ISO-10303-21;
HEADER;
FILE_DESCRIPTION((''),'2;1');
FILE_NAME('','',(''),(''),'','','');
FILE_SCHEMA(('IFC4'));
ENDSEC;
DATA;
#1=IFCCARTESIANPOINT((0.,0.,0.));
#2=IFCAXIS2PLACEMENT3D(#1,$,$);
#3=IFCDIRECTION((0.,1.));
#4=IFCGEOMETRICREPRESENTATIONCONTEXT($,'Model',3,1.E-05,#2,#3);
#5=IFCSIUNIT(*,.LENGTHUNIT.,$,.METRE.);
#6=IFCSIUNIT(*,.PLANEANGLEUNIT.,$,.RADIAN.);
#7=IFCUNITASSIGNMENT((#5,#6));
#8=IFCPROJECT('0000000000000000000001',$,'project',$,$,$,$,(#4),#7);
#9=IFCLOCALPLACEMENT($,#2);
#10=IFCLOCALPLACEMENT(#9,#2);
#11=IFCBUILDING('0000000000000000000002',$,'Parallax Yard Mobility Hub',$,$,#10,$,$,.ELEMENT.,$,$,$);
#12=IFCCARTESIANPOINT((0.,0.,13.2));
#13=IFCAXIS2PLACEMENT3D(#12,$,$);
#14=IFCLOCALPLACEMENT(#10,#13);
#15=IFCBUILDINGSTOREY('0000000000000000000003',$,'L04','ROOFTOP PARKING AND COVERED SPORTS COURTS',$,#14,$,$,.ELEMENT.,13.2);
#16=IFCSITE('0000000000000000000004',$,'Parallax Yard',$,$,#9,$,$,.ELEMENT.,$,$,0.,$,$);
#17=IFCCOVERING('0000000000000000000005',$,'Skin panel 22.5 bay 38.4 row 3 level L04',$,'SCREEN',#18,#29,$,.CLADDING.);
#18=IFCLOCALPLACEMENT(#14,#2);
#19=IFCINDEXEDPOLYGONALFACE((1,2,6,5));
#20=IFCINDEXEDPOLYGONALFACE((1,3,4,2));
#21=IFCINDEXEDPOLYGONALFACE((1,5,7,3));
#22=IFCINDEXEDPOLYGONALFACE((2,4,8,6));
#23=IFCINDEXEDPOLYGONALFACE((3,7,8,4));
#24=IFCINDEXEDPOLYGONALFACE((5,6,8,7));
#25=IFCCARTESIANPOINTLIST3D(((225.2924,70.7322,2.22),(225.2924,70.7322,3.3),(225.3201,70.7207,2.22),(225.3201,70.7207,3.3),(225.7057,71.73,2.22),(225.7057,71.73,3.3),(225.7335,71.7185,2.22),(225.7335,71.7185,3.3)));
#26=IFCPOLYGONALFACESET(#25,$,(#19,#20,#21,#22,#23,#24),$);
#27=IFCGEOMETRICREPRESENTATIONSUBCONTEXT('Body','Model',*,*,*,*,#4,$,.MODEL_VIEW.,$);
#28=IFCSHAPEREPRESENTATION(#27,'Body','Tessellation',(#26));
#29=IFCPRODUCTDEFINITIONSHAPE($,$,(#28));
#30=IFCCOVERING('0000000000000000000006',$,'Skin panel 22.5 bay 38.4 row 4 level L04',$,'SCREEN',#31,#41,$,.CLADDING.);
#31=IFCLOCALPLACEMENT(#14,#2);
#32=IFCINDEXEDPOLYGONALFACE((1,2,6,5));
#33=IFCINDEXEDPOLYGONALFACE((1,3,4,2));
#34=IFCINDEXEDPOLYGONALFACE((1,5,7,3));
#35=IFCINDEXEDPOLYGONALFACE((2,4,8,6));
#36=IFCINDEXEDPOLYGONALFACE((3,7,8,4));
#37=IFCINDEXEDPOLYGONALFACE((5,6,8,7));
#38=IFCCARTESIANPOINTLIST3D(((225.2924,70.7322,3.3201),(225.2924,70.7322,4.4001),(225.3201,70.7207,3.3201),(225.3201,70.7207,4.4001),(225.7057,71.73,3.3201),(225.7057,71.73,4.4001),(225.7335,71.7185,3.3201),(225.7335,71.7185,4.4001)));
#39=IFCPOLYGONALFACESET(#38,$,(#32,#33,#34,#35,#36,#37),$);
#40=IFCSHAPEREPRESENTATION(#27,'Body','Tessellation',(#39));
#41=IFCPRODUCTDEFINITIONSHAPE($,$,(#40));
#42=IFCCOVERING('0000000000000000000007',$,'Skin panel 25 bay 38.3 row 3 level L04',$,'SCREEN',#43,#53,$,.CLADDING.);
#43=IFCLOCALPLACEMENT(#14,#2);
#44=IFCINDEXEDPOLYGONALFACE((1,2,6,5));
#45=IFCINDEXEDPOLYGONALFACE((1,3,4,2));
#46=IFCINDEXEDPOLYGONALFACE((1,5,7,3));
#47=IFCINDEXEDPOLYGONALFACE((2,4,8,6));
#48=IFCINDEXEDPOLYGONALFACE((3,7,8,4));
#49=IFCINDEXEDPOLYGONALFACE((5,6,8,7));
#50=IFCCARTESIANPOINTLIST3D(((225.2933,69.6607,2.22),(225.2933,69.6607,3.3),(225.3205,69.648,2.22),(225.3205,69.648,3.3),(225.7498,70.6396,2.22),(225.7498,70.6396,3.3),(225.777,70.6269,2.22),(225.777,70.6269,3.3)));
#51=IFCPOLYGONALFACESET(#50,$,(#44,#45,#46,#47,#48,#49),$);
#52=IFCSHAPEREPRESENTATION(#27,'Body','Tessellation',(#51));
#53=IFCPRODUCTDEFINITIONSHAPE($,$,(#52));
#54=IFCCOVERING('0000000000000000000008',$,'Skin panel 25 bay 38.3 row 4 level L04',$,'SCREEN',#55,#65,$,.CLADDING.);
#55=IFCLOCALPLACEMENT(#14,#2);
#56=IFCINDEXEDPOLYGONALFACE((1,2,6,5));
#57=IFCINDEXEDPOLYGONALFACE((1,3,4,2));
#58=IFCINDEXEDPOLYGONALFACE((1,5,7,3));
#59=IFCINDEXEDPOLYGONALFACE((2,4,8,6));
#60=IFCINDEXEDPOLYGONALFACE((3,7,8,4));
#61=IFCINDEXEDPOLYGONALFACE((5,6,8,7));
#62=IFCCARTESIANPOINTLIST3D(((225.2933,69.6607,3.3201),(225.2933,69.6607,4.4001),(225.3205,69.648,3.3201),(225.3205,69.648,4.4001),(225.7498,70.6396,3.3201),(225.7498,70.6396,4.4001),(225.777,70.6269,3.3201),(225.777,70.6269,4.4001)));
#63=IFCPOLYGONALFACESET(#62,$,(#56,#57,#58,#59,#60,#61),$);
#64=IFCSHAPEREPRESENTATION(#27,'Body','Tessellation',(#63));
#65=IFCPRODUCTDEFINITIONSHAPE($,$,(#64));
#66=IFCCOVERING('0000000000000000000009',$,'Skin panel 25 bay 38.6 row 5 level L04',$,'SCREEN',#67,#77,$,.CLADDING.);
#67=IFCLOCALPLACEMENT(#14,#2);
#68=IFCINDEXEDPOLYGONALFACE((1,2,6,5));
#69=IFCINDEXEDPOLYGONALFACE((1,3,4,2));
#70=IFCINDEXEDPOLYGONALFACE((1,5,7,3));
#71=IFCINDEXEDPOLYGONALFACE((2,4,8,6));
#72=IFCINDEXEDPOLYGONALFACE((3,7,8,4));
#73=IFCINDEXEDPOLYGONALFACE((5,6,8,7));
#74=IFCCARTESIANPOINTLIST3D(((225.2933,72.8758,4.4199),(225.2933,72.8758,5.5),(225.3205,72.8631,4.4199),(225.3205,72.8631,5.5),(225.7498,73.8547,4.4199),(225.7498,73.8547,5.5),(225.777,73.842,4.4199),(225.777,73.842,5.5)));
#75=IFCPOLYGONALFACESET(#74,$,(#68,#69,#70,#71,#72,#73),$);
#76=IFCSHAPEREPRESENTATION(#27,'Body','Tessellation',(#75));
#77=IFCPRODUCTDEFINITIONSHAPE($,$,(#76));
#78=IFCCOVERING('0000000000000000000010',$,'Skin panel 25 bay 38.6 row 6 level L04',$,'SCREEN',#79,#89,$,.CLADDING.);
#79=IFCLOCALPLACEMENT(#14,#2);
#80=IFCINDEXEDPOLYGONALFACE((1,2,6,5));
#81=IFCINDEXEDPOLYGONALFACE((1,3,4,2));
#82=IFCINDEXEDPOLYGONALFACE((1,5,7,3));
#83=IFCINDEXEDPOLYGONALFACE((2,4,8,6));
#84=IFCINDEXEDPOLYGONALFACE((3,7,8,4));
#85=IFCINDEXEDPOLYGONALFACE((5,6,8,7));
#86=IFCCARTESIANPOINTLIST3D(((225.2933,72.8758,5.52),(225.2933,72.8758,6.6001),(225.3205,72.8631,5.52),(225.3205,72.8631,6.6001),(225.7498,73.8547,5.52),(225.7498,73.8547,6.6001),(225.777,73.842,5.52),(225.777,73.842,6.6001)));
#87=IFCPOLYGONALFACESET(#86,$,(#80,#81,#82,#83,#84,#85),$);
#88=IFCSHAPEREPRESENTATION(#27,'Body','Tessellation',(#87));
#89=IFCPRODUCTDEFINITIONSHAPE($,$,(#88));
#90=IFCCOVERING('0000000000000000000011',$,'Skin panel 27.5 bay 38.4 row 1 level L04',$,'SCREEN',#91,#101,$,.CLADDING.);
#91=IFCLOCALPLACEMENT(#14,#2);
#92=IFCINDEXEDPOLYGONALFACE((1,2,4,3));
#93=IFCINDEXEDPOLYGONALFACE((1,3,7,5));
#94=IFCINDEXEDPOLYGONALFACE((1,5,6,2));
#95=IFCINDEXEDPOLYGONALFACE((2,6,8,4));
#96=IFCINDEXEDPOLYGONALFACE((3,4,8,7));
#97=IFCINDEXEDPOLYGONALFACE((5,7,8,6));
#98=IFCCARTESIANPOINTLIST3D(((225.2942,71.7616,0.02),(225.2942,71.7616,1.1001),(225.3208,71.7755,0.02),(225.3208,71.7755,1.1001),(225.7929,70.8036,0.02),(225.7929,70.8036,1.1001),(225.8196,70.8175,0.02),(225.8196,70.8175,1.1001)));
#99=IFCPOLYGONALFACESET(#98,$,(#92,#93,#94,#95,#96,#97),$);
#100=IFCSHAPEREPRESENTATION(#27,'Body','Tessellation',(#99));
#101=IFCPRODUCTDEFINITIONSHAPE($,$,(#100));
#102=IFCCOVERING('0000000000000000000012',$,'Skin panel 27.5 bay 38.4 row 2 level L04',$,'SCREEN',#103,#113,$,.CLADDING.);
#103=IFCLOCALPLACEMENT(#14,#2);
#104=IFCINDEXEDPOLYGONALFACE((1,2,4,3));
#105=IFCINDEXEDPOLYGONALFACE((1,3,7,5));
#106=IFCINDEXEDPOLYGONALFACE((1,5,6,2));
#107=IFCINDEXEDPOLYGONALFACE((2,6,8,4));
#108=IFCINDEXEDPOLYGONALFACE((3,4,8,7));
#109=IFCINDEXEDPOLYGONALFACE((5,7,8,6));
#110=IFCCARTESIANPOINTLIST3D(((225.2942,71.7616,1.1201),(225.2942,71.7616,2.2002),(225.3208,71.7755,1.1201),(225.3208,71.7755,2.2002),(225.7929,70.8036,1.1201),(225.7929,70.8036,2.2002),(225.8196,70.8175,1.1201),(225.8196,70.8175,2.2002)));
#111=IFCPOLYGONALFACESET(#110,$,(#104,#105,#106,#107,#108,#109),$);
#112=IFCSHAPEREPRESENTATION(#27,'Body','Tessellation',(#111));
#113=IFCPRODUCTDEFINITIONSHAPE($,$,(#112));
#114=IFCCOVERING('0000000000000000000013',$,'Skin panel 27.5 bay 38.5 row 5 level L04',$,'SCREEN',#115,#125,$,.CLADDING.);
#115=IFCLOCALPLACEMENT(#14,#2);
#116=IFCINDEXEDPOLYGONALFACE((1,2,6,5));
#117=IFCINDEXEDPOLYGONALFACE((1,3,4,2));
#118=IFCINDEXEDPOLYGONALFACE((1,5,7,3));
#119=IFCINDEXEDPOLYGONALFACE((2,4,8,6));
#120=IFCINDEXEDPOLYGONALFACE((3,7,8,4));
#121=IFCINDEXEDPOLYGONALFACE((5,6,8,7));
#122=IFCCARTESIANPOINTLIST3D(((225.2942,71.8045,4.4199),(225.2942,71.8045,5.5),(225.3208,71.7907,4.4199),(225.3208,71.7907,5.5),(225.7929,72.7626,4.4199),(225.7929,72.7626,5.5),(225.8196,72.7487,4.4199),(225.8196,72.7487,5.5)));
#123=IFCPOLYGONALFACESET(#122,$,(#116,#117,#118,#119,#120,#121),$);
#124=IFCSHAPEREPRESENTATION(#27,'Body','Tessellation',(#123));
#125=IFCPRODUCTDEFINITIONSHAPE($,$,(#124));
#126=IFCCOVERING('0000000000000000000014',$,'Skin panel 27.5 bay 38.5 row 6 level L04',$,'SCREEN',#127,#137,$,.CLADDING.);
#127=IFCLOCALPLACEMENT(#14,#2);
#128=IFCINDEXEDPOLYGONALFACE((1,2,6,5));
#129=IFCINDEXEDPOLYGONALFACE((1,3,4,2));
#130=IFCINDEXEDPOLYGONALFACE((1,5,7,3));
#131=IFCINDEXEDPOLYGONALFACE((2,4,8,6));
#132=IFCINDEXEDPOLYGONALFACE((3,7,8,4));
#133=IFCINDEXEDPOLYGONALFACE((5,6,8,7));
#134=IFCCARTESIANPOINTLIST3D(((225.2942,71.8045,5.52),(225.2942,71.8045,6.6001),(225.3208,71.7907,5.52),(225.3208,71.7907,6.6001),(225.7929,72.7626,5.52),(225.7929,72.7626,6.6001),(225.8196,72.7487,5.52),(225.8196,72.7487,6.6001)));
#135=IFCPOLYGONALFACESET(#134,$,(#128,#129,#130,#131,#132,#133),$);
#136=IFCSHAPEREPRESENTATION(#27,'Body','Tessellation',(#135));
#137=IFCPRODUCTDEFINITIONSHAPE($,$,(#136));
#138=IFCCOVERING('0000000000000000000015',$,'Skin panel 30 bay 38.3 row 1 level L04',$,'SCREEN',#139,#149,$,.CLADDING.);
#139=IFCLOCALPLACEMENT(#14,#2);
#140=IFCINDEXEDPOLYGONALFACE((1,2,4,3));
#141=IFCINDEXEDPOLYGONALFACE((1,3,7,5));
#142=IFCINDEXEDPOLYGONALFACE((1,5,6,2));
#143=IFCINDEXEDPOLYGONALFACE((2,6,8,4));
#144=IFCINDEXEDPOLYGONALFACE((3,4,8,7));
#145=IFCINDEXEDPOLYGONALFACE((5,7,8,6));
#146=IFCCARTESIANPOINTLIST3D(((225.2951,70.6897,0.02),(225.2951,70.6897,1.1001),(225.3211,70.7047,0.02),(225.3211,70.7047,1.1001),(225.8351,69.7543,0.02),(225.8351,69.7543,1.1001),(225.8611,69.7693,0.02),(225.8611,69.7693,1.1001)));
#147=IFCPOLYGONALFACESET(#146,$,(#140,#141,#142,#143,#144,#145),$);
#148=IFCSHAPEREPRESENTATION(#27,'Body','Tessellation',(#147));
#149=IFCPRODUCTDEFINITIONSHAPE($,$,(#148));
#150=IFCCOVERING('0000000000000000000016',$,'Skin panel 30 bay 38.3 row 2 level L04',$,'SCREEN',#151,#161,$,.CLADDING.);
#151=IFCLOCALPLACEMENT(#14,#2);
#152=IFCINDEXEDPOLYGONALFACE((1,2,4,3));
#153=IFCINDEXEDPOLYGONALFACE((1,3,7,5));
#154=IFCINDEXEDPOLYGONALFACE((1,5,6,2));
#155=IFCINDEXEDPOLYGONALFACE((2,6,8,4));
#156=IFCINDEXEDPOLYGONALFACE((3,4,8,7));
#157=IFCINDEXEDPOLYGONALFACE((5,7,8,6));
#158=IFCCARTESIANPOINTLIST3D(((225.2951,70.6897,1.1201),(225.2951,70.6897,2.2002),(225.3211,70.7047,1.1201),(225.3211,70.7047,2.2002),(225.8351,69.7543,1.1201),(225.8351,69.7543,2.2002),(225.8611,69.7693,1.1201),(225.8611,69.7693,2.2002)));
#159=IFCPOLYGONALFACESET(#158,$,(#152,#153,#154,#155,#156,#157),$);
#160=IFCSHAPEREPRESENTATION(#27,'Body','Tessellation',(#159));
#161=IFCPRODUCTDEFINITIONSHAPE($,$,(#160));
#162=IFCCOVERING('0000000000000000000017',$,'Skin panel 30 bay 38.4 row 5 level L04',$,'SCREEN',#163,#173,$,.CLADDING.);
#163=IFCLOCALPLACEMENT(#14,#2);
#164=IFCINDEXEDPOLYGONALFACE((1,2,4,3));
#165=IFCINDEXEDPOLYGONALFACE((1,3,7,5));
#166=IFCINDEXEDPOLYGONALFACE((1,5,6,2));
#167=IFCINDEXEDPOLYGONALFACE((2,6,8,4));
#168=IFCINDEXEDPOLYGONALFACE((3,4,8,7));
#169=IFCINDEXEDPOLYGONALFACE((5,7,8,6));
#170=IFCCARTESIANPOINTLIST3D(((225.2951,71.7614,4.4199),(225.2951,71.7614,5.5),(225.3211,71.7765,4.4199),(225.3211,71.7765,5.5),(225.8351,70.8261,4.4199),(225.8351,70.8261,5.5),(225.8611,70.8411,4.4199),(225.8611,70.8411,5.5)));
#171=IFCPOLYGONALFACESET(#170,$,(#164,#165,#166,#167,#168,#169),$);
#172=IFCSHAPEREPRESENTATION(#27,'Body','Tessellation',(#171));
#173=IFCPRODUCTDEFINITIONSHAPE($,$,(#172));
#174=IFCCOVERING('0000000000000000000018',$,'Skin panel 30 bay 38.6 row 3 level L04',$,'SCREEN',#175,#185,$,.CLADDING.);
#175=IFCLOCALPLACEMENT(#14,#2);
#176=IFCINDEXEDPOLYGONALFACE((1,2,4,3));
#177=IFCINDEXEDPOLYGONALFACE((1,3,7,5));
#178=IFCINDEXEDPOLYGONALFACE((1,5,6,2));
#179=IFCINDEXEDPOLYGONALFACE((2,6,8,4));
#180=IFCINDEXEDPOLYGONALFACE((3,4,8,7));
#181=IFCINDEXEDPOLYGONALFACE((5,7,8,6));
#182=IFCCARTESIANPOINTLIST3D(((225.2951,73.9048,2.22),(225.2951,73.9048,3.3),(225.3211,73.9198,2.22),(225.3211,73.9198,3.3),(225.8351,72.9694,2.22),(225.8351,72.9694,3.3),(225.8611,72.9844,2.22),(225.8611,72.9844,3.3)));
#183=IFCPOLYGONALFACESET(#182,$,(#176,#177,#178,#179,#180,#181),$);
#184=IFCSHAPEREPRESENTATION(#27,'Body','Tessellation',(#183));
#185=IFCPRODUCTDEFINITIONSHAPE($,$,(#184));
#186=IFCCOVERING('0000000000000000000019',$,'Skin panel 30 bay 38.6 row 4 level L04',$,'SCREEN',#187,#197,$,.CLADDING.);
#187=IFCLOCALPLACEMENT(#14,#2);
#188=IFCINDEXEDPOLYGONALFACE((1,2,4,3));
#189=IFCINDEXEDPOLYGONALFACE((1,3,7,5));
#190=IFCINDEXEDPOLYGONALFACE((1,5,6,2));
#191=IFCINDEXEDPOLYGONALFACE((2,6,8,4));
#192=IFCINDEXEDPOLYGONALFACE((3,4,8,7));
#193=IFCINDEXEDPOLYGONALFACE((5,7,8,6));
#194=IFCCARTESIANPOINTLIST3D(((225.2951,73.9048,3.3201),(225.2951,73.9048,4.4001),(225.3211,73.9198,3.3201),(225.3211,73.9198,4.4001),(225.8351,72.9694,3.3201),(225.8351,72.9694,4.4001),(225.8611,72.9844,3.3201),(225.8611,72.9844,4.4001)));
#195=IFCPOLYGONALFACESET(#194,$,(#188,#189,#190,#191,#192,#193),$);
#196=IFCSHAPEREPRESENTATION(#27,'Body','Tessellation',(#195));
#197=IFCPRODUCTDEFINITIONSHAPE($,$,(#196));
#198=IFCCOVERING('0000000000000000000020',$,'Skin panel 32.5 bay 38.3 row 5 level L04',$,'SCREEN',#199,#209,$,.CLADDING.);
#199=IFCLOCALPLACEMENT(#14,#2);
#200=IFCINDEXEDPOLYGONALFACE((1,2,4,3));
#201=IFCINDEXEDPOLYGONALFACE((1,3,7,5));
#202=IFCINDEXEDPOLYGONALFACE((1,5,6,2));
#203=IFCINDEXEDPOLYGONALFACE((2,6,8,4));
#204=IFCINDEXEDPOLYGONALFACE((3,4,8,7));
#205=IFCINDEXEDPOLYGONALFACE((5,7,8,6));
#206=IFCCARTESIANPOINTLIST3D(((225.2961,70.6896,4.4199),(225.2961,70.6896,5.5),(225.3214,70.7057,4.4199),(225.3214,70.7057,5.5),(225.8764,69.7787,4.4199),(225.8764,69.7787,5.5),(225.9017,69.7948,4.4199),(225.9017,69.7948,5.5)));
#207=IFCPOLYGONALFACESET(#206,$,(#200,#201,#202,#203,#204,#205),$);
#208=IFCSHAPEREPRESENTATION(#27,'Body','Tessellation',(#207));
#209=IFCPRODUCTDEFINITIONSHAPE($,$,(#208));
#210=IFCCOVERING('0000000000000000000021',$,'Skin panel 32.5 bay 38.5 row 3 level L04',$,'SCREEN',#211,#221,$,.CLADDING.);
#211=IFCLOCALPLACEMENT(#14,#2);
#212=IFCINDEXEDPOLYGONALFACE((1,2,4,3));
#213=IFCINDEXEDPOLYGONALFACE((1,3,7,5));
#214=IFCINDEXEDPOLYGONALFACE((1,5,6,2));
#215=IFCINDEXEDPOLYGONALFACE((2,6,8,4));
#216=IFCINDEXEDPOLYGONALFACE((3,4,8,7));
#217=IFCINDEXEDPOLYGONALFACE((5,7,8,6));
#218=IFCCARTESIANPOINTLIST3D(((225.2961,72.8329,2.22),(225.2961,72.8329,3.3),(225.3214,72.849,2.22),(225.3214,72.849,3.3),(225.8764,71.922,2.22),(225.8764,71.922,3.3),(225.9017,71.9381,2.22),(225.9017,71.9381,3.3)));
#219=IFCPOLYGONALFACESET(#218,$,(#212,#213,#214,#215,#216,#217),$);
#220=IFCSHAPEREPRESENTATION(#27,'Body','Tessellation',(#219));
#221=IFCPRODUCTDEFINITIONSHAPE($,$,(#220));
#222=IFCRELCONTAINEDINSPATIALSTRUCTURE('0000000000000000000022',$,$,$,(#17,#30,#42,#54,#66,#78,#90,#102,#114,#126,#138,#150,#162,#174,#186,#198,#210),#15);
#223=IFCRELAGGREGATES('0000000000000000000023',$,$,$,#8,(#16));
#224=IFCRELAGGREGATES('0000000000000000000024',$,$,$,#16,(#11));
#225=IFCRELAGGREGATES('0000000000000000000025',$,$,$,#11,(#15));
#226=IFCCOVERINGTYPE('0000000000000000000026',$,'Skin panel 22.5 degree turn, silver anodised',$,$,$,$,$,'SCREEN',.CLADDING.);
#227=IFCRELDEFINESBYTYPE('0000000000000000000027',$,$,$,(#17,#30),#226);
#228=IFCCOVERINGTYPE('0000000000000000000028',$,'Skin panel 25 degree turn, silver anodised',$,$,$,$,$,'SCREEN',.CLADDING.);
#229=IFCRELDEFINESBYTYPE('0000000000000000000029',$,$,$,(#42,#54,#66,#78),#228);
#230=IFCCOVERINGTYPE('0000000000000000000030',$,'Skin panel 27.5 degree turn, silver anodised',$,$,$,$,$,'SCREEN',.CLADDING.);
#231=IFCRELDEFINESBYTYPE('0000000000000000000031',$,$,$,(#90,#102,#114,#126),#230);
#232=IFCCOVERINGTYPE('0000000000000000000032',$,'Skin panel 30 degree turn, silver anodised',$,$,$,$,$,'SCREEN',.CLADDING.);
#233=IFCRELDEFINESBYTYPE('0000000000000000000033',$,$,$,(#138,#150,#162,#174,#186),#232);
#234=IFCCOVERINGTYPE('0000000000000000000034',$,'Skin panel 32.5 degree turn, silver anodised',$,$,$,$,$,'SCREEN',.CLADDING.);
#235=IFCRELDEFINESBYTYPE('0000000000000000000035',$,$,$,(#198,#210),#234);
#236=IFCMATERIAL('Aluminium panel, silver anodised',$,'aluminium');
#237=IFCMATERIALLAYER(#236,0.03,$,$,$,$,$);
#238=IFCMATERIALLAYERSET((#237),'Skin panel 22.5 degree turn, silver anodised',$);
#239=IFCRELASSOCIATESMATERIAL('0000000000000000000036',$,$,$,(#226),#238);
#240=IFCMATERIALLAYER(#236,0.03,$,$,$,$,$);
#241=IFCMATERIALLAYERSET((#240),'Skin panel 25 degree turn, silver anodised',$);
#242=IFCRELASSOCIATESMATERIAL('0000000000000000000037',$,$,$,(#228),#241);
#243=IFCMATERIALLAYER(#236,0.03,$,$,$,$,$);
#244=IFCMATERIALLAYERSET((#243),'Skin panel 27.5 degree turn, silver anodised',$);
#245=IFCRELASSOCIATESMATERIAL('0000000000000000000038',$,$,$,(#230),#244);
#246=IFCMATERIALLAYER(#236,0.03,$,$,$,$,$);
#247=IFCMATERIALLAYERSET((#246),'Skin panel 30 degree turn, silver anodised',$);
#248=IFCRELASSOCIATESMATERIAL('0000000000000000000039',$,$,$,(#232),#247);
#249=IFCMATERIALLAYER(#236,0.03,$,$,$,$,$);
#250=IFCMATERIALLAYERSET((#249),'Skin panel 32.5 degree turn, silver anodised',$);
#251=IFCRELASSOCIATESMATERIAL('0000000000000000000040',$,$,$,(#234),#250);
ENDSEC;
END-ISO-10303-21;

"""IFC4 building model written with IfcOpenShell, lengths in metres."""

from ifc_helpers import new_model, si_unit, direction, frame, origin, origin_2d, place, context, subcontext, project, spatial, rectangle, extrude, material, layer, layer_set, type_object, element, save


model = new_model("IFC4")

# Units and contexts
model_context = context("Model", 3, precision=1e-05, world=origin(), true_north=direction((0.0, 1.0)))
body_context = subcontext(model_context, "Body", "Model", "MODEL_VIEW")
ifc_project = project(units=[si_unit("LENGTHUNIT", "METRE"), si_unit("PLANEANGLEUNIT", "RADIAN")], contexts=[model_context])

# Site, building, storey
site_placement = place(None, origin())
site = spatial("IfcSite", under=ifc_project, at=site_placement, Name="Parallax Yard", CompositionType="ELEMENT", RefElevation=0.0)
building_placement = place(site_placement, origin())
building = spatial("IfcBuilding", under=site, at=building_placement, Name="Parallax Yard Mobility Hub", CompositionType="ELEMENT")
storey_placement = place(building_placement, frame((0.0, 0.0, 13.2)))
storey = spatial("IfcBuildingStorey", under=building, at=storey_placement, Name="L04", Description="ROOFTOP PARKING AND COVERED SPORTS COURTS", CompositionType="ELEMENT", Elevation=13.2)

# Coverings
ifc_material_1 = material(Name="Aluminium panel, silver anodised", Category="aluminium")
ifc_layer_1 = layer(ifc_material_1, 0.03)
ifc_layer_set_1 = layer_set([ifc_layer_1], Name="Skin panel 22.5 degree turn, silver anodised")
covering_type_1 = type_object("IfcCoveringType", Name="Skin panel 22.5 degree turn, silver anodised", ElementType="SCREEN", PredefinedType="CLADDING", material=ifc_layer_set_1)
for number, where, z_axis, x_axis, name in (
    (1, (225.5129, 71.2253, 2.22), (0.0, 0.0, 1.0), (0.382683, 0.92388, 0.0), "Skin panel 22.5 bay 38.4 row 3 level L04"),
    (2, (225.5129, 71.2253, 3.3201), (0.0, 0.0, 1.0), (0.382683, 0.92388, 0.0), "Skin panel 22.5 bay 38.4 row 4 level L04"),
):
    element("IfcCovering", number, at=place(storey_placement, frame(where, z_axis=z_axis, x_axis=x_axis)), inside=storey, type_object=covering_type_1, Name=name, ObjectType="SCREEN", PredefinedType="CLADDING", context=body_context, shape_type="SweptSolid", body=[
        extrude(rectangle(XDim=1.0801, YDim=0.03, at=origin_2d()), origin(), (0.0, 0.0, 1.0), 1.0801),
    ])
ifc_layer_2 = layer(ifc_material_1, 0.03)
ifc_layer_set_2 = layer_set([ifc_layer_2], Name="Skin panel 25 degree turn, silver anodised")
covering_type_2 = type_object("IfcCoveringType", Name="Skin panel 25 degree turn, silver anodised", ElementType="SCREEN", PredefinedType="CLADDING", material=ifc_layer_set_2)
for number, where, z_axis, x_axis, name in (
    (3, (225.5352, 70.1438, 2.22), (0.0, 0.0, 1.0), (0.422618, 0.906308, 0.0), "Skin panel 25 bay 38.3 row 3 level L04"),
    (4, (225.5352, 70.1438, 3.3201), (0.0, 0.0, 1.0), (0.422618, 0.906308, 0.0), "Skin panel 25 bay 38.3 row 4 level L04"),
    (5, (225.5352, 73.3589, 4.4199), (0.0, 0.0, 1.0), (0.422618, 0.906308, 0.0), "Skin panel 25 bay 38.6 row 5 level L04"),
    (6, (225.5352, 73.3589, 5.52), (0.0, 0.0, 1.0), (0.422618, 0.906308, 0.0), "Skin panel 25 bay 38.6 row 6 level L04"),
):
    element("IfcCovering", number, at=place(storey_placement, frame(where, z_axis=z_axis, x_axis=x_axis)), inside=storey, type_object=covering_type_2, Name=name, ObjectType="SCREEN", PredefinedType="CLADDING", context=body_context, shape_type="SweptSolid", body=[
        extrude(rectangle(XDim=1.0801, YDim=0.03, at=origin_2d()), origin(), (0.0, 0.0, 1.0), 1.0801),
    ])
ifc_layer_3 = layer(ifc_material_1, 0.03)
ifc_layer_set_3 = layer_set([ifc_layer_3], Name="Skin panel 27.5 degree turn, silver anodised")
covering_type_3 = type_object("IfcCoveringType", Name="Skin panel 27.5 degree turn, silver anodised", ElementType="SCREEN", PredefinedType="CLADDING", material=ifc_layer_set_3)
for number, where, z_axis, x_axis, name in (
    (7, (225.5569, 71.2896, 0.02), (0.0, 0.0, 1.0), (0.461749, -0.887011, 0.0), "Skin panel 27.5 bay 38.4 row 1 level L04"),
    (8, (225.5569, 71.2896, 1.1201), (0.0, 0.0, 1.0), (0.461749, -0.887011, 0.0), "Skin panel 27.5 bay 38.4 row 2 level L04"),
    (9, (225.5569, 72.2766, 4.4199), (0.0, 0.0, 1.0), (0.461749, 0.887011, 0.0), "Skin panel 27.5 bay 38.5 row 5 level L04"),
    (10, (225.5569, 72.2766, 5.52), (0.0, 0.0, 1.0), (0.461749, 0.887011, 0.0), "Skin panel 27.5 bay 38.5 row 6 level L04"),
):
    element("IfcCovering", number, at=place(storey_placement, frame(where, z_axis=z_axis, x_axis=x_axis)), inside=storey, type_object=covering_type_3, Name=name, ObjectType="SCREEN", PredefinedType="CLADDING", context=body_context, shape_type="SweptSolid", body=[
        extrude(rectangle(XDim=1.0801, YDim=0.03, at=origin_2d()), origin(), (0.0, 0.0, 1.0), 1.0801),
    ])
ifc_layer_4 = layer(ifc_material_1, 0.03)
ifc_layer_set_4 = layer_set([ifc_layer_4], Name="Skin panel 30 degree turn, silver anodised")
covering_type_4 = type_object("IfcCoveringType", Name="Skin panel 30 degree turn, silver anodised", ElementType="SCREEN", PredefinedType="CLADDING", material=ifc_layer_set_4)
for number, where, z_axis, x_axis, name in (
    (11, (225.5781, 70.2295, 0.02), (0.0, 0.0, 1.0), (0.5, -0.866025, 0.0), "Skin panel 30 bay 38.3 row 1 level L04"),
    (12, (225.5781, 70.2295, 1.1201), (0.0, 0.0, 1.0), (0.5, -0.866025, 0.0), "Skin panel 30 bay 38.3 row 2 level L04"),
    (13, (225.5781, 71.3013, 4.4199), (0.0, 0.0, 1.0), (0.5, -0.866025, 0.0), "Skin panel 30 bay 38.4 row 5 level L04"),
    (14, (225.5781, 73.4446, 2.22), (0.0, 0.0, 1.0), (0.5, -0.866025, 0.0), "Skin panel 30 bay 38.6 row 3 level L04"),
    (15, (225.5781, 73.4446, 3.3201), (0.0, 0.0, 1.0), (0.5, -0.866025, 0.0), "Skin panel 30 bay 38.6 row 4 level L04"),
):
    element("IfcCovering", number, at=place(storey_placement, frame(where, z_axis=z_axis, x_axis=x_axis)), inside=storey, type_object=covering_type_4, Name=name, ObjectType="SCREEN", PredefinedType="CLADDING", context=body_context, shape_type="SweptSolid", body=[
        extrude(rectangle(XDim=1.0801, YDim=0.03, at=origin_2d()), origin(), (0.0, 0.0, 1.0), 1.0801),
    ])
ifc_layer_5 = layer(ifc_material_1, 0.03)
ifc_layer_set_5 = layer_set([ifc_layer_5], Name="Skin panel 32.5 degree turn, silver anodised")
covering_type_5 = type_object("IfcCoveringType", Name="Skin panel 32.5 degree turn, silver anodised", ElementType="SCREEN", PredefinedType="CLADDING", material=ifc_layer_set_5)
for number, where, z_axis, x_axis, name in (
    (16, (225.5989, 70.2422, 4.4199), (0.0, 0.0, 1.0), (0.5373, -0.843391, 0.0), "Skin panel 32.5 bay 38.3 row 5 level L04"),
    (17, (225.5989, 72.3855, 2.22), (0.0, 0.0, 1.0), (0.5373, -0.843391, 0.0), "Skin panel 32.5 bay 38.5 row 3 level L04"),
):
    element("IfcCovering", number, at=place(storey_placement, frame(where, z_axis=z_axis, x_axis=x_axis)), inside=storey, type_object=covering_type_5, Name=name, ObjectType="SCREEN", PredefinedType="CLADDING", context=body_context, shape_type="SweptSolid", body=[
        extrude(rectangle(XDim=1.0801, YDim=0.03, at=origin_2d()), origin(), (0.0, 0.0, 1.0), 1.0801),
    ])

save(model, "model.ifc")
